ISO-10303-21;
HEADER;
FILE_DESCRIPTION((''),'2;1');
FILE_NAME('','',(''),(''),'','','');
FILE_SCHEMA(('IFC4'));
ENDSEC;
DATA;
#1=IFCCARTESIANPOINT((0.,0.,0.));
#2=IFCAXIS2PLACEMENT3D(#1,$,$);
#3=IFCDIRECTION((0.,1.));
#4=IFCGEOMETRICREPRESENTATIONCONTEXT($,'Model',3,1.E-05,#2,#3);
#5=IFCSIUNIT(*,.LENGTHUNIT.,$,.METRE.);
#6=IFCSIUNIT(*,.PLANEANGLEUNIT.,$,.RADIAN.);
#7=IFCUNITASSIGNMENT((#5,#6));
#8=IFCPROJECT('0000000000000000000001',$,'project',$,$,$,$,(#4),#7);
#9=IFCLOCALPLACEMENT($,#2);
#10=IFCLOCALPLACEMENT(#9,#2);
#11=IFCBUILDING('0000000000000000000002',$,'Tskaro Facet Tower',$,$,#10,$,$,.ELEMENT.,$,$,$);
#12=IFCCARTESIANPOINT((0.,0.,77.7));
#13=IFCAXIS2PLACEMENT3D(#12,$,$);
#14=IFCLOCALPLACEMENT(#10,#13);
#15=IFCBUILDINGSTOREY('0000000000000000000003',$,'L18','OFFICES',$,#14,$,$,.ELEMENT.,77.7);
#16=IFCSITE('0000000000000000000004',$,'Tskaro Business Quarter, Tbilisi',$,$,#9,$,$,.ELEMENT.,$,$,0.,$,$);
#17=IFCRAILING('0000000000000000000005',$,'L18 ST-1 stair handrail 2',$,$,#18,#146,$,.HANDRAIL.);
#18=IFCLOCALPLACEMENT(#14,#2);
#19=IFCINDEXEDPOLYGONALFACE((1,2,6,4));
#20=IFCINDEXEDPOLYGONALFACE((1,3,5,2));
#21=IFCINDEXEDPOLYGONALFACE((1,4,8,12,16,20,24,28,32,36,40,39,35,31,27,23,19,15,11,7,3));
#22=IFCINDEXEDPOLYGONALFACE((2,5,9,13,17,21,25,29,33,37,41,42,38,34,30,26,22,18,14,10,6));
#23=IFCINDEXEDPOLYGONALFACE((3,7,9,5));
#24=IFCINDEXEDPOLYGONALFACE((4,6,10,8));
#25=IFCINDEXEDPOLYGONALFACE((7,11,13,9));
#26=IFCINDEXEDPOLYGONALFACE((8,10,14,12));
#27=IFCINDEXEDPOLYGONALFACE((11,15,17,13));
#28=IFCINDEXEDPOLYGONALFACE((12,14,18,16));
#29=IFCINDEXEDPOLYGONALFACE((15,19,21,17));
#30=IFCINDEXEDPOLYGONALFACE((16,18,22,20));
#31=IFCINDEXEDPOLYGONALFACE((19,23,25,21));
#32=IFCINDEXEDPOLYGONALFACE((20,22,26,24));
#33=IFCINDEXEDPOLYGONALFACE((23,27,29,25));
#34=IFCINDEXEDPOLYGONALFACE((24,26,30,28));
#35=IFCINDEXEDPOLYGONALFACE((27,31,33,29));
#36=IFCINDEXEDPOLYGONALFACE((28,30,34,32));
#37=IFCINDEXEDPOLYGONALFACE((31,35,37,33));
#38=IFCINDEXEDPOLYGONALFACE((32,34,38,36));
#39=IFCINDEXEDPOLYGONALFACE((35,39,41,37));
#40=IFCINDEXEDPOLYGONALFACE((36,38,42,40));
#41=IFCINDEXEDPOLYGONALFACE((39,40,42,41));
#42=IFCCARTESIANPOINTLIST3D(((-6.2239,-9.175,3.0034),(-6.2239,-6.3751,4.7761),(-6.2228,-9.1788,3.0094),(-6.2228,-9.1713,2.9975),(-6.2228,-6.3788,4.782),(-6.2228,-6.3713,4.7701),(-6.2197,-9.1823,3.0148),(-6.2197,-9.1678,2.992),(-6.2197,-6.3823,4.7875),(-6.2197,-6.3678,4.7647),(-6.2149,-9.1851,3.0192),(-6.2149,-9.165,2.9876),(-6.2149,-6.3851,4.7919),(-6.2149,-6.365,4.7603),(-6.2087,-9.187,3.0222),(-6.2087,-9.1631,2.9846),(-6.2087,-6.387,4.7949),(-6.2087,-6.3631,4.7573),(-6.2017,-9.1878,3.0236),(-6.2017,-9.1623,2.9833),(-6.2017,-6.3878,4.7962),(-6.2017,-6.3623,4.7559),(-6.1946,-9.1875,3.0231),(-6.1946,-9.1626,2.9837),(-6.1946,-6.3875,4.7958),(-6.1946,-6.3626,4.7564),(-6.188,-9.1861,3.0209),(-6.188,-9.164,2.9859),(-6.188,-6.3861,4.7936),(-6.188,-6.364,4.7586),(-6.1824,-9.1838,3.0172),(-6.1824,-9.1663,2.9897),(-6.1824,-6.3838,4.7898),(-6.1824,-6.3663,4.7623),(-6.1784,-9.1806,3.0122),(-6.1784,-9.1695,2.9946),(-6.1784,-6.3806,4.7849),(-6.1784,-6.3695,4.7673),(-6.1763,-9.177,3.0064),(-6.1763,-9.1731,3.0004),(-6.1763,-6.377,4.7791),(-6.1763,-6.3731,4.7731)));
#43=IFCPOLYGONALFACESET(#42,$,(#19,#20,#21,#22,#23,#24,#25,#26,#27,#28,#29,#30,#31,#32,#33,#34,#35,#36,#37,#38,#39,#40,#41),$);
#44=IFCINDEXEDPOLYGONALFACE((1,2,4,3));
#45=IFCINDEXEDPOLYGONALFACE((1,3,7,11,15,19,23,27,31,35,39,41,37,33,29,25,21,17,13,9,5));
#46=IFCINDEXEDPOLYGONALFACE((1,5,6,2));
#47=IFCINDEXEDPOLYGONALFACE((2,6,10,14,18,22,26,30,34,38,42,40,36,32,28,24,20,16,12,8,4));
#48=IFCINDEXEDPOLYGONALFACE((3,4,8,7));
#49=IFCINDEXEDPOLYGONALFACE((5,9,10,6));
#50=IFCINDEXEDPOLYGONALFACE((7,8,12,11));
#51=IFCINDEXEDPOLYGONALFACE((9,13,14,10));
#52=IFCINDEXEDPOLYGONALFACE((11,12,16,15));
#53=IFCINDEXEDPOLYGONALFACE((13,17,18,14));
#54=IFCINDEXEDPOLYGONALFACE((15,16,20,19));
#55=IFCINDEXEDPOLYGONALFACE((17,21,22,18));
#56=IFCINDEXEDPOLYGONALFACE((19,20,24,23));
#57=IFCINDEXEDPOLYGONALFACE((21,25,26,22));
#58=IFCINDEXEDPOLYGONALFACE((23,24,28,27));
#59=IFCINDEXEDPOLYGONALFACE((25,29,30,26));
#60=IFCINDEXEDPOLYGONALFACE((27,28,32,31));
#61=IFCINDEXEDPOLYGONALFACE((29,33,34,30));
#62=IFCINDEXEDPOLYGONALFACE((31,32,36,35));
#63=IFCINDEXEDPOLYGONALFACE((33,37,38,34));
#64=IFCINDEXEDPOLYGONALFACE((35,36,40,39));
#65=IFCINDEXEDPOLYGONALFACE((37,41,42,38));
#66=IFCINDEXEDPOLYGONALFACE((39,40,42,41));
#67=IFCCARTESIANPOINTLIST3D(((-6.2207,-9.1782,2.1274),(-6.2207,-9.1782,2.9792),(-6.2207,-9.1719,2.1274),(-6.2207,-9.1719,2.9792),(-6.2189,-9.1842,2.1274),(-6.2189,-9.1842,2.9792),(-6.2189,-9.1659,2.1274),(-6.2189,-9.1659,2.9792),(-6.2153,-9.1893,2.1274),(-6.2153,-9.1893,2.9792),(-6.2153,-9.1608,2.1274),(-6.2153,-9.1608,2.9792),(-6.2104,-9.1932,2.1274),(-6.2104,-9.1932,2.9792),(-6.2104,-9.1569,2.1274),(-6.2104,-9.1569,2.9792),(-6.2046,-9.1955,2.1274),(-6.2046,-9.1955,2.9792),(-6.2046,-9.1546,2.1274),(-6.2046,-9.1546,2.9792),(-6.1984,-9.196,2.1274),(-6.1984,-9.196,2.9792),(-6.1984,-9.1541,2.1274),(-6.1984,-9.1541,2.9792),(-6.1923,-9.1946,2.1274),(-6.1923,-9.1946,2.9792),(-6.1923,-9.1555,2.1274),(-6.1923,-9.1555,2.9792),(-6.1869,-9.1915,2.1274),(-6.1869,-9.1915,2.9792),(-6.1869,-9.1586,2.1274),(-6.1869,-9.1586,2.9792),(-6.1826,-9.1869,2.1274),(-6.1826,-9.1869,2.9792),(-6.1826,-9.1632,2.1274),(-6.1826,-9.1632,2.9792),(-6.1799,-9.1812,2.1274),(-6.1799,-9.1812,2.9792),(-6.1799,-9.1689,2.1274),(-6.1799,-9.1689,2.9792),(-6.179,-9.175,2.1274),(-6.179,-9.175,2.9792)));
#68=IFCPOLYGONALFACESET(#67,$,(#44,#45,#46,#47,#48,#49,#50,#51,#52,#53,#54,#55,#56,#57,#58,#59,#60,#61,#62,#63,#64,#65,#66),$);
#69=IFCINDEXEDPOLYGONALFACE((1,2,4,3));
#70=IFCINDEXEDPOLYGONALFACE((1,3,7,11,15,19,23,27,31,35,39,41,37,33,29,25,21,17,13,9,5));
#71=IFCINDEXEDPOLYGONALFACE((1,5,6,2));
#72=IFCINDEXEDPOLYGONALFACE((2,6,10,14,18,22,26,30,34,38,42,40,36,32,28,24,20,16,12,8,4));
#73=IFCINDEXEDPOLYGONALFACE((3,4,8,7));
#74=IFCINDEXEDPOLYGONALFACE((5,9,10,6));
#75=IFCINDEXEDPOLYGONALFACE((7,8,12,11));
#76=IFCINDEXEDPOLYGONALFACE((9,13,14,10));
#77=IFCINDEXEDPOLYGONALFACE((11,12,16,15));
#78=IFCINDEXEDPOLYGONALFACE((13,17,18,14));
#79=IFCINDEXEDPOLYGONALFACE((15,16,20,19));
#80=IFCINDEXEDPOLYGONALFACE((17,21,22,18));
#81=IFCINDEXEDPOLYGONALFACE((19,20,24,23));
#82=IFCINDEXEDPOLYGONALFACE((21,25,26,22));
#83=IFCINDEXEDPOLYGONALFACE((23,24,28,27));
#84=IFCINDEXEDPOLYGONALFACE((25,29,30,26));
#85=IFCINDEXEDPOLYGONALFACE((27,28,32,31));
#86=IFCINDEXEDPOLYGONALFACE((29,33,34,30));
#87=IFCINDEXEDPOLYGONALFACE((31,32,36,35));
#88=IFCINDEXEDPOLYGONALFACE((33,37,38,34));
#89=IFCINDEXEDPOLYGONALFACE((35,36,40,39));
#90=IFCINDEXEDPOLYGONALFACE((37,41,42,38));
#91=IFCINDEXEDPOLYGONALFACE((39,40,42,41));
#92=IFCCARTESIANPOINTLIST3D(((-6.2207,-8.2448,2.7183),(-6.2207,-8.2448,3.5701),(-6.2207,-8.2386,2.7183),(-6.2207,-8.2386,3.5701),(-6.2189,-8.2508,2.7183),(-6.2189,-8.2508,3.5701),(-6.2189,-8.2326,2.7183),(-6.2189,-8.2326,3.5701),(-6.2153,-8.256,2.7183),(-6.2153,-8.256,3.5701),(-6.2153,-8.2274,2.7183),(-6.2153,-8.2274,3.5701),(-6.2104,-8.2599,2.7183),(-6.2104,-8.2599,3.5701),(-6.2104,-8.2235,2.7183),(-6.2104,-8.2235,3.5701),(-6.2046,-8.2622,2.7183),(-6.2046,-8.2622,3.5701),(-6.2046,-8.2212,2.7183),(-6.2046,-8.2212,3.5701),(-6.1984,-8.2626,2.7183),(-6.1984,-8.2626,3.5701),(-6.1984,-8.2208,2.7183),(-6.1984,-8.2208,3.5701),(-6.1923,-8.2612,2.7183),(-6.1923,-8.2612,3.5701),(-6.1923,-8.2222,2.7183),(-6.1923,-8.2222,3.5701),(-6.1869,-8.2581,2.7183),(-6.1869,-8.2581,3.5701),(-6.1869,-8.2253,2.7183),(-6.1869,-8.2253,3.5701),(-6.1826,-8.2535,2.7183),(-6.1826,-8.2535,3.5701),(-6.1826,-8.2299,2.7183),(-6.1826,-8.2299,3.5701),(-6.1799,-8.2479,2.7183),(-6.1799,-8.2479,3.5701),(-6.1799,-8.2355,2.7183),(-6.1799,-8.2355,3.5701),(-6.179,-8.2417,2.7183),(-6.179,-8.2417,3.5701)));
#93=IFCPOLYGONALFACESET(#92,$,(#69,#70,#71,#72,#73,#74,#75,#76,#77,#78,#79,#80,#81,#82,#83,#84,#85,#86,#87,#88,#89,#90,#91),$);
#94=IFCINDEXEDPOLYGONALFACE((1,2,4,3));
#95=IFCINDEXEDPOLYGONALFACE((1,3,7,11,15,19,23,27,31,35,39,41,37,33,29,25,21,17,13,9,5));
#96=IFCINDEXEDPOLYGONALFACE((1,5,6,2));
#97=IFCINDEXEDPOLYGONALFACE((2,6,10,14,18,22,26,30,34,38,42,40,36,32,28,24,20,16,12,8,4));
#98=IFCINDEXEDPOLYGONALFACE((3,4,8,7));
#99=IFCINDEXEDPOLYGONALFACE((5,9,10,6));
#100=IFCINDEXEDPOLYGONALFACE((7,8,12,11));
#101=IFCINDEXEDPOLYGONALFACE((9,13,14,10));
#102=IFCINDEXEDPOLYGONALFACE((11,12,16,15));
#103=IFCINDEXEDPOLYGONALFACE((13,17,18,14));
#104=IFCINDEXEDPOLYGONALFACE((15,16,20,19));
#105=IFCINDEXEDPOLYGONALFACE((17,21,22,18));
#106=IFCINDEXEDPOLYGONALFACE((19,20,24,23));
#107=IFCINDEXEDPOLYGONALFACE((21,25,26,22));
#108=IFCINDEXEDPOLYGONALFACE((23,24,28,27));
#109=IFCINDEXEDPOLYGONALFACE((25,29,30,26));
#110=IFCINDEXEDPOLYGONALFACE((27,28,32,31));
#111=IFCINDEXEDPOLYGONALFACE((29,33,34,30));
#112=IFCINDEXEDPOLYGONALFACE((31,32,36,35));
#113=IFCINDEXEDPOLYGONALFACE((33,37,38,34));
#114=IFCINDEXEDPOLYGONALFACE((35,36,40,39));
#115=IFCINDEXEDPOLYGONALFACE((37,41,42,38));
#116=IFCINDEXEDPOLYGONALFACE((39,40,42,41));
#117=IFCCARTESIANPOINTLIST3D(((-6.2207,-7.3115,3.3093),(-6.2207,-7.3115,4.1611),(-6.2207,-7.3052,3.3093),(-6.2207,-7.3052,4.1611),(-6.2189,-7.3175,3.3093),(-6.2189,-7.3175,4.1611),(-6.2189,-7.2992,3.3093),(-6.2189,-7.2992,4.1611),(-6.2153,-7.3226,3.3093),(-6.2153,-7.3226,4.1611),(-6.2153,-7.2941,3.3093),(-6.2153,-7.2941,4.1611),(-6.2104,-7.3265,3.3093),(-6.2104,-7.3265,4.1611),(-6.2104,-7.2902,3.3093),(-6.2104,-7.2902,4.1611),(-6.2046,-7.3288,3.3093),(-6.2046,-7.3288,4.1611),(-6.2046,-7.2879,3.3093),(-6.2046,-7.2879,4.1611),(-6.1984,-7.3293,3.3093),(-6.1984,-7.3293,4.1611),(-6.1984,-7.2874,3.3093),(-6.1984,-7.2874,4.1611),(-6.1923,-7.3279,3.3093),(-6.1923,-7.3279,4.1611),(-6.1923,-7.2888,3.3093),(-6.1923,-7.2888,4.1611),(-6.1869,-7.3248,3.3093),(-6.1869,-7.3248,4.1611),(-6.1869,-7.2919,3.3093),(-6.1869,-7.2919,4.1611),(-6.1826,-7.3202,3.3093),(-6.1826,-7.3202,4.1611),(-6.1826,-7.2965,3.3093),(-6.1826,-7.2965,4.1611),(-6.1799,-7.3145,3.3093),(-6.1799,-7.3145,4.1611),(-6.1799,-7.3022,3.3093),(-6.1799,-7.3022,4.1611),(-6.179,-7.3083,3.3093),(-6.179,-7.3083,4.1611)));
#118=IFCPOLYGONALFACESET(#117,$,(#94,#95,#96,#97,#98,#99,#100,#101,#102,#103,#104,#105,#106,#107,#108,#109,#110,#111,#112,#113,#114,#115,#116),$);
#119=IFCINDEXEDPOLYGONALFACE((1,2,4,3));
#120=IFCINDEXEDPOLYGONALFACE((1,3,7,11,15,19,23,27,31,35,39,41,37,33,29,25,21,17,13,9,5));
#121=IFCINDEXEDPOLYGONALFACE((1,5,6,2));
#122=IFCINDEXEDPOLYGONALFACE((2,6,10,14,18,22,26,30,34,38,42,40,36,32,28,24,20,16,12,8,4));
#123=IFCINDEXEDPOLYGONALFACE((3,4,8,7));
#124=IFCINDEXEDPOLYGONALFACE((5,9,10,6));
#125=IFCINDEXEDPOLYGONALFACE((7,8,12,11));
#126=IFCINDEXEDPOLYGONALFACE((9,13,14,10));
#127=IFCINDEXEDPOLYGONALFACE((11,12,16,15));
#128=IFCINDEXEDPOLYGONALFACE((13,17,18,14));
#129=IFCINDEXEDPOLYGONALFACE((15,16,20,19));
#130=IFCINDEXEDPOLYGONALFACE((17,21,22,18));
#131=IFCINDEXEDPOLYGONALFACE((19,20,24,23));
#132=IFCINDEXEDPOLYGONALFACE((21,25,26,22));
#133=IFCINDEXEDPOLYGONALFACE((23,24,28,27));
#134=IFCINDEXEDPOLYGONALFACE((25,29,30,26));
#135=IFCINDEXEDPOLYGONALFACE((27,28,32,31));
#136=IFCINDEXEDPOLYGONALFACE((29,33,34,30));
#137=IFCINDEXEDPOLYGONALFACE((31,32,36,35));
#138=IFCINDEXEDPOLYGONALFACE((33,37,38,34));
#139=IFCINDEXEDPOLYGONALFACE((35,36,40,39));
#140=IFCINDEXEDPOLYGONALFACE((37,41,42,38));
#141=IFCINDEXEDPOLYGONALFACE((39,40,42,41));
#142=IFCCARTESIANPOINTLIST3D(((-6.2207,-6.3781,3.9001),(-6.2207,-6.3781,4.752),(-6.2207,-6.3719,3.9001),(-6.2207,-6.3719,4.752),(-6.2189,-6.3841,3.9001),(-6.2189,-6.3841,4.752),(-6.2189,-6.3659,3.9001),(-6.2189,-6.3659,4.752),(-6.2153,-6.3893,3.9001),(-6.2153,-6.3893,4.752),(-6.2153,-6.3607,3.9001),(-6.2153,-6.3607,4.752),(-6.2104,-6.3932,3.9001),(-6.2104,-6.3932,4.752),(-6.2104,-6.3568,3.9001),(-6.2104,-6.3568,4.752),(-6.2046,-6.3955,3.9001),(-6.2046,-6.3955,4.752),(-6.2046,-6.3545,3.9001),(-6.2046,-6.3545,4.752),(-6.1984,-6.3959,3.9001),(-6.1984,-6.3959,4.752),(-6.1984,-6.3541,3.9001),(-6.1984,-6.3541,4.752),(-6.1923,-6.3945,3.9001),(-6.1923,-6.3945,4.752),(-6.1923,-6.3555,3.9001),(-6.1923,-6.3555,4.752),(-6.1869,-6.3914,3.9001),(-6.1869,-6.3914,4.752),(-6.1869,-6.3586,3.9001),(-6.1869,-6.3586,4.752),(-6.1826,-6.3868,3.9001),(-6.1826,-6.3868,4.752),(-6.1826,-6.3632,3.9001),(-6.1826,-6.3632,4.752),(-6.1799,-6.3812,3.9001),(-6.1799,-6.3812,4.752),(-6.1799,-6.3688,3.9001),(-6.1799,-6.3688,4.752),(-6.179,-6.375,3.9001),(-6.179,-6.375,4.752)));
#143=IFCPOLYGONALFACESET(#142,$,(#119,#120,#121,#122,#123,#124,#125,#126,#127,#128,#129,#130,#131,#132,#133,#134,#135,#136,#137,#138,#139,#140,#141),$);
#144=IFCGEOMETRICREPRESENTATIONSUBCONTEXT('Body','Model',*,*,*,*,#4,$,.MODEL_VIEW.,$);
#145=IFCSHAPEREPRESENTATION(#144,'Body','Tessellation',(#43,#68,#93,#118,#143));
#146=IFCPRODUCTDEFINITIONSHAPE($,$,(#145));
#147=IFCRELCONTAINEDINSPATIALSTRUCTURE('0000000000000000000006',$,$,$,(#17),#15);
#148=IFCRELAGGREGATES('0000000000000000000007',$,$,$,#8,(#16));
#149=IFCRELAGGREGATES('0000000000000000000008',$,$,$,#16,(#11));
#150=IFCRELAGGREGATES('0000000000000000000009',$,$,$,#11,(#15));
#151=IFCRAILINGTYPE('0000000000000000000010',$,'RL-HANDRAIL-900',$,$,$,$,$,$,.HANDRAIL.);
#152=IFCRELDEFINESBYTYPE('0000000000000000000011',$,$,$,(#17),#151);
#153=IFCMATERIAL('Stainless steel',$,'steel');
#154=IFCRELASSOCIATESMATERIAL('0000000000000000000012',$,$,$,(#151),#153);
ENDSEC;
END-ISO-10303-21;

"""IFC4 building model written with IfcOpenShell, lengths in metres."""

from ifc_helpers import new_model, si_unit, direction, frame, origin, origin_2d, place, context, subcontext, project, spatial, circle, extrude, material, type_object, element, save


model = new_model("IFC4")

# Units and contexts
model_context = context("Model", 3, precision=1e-05, world=origin(), true_north=direction((0.0, 1.0)))
body_context = subcontext(model_context, "Body", "Model", "MODEL_VIEW")
ifc_project = project(units=[si_unit("LENGTHUNIT", "METRE"), si_unit("PLANEANGLEUNIT", "RADIAN")], contexts=[model_context])

# Site, building, storey
site_placement = place(None, origin())
site = spatial("IfcSite", under=ifc_project, at=site_placement, Name="Tskaro Business Quarter, Tbilisi", CompositionType="ELEMENT", RefElevation=0.0)
building_placement = place(site_placement, origin())
building = spatial("IfcBuilding", under=site, at=building_placement, Name="Tskaro Facet Tower", CompositionType="ELEMENT")
storey_placement = place(building_placement, frame((0.0, 0.0, 77.7)))
storey = spatial("IfcBuildingStorey", under=building, at=storey_placement, Name="L18", Description="OFFICES", CompositionType="ELEMENT", Elevation=77.7)

# Shared definitions
ifc_material_1 = material(Name="Stainless steel", Category="steel")

# Railing
railing_type_1 = type_object("IfcRailingType", Name="RL-HANDRAIL-900", PredefinedType="HANDRAIL", material=ifc_material_1)
railing_1_placement = place(storey_placement, frame((-6.2, -9.175, 2.1274)))
element("IfcRailing", 1, at=railing_1_placement, inside=storey, type_object=railing_type_1, Name="L18 ST-1 stair handrail 2", PredefinedType="HANDRAIL", context=body_context, shape_type="SweptSolid", body=[
    extrude(circle(Radius=0.0239, at=origin_2d()), frame((0.0, 0.0, 0.876), z_axis=(0.0, 0.844909, 0.53491), x_axis=(-1.0, 0.0, 0.0)), (0.0, 0.0, 1.0), 3.314),
    extrude(circle(Radius=0.021, at=origin_2d()), origin(), (0.0, 0.0, 1.0), 0.8518),
    extrude(circle(Radius=0.021, at=origin_2d()), frame((0.0, 0.9333, 0.5908)), (0.0, 0.0, 1.0), 0.8518),
    extrude(circle(Radius=0.021, at=origin_2d()), frame((0.0, 1.8667, 1.1819)), (0.0, 0.0, 1.0), 0.8518),
    extrude(circle(Radius=0.021, at=origin_2d()), frame((0.0, 2.8, 1.7727)), (0.0, 0.0, 1.0), 0.8518),
])

save(model, "model.ifc")
